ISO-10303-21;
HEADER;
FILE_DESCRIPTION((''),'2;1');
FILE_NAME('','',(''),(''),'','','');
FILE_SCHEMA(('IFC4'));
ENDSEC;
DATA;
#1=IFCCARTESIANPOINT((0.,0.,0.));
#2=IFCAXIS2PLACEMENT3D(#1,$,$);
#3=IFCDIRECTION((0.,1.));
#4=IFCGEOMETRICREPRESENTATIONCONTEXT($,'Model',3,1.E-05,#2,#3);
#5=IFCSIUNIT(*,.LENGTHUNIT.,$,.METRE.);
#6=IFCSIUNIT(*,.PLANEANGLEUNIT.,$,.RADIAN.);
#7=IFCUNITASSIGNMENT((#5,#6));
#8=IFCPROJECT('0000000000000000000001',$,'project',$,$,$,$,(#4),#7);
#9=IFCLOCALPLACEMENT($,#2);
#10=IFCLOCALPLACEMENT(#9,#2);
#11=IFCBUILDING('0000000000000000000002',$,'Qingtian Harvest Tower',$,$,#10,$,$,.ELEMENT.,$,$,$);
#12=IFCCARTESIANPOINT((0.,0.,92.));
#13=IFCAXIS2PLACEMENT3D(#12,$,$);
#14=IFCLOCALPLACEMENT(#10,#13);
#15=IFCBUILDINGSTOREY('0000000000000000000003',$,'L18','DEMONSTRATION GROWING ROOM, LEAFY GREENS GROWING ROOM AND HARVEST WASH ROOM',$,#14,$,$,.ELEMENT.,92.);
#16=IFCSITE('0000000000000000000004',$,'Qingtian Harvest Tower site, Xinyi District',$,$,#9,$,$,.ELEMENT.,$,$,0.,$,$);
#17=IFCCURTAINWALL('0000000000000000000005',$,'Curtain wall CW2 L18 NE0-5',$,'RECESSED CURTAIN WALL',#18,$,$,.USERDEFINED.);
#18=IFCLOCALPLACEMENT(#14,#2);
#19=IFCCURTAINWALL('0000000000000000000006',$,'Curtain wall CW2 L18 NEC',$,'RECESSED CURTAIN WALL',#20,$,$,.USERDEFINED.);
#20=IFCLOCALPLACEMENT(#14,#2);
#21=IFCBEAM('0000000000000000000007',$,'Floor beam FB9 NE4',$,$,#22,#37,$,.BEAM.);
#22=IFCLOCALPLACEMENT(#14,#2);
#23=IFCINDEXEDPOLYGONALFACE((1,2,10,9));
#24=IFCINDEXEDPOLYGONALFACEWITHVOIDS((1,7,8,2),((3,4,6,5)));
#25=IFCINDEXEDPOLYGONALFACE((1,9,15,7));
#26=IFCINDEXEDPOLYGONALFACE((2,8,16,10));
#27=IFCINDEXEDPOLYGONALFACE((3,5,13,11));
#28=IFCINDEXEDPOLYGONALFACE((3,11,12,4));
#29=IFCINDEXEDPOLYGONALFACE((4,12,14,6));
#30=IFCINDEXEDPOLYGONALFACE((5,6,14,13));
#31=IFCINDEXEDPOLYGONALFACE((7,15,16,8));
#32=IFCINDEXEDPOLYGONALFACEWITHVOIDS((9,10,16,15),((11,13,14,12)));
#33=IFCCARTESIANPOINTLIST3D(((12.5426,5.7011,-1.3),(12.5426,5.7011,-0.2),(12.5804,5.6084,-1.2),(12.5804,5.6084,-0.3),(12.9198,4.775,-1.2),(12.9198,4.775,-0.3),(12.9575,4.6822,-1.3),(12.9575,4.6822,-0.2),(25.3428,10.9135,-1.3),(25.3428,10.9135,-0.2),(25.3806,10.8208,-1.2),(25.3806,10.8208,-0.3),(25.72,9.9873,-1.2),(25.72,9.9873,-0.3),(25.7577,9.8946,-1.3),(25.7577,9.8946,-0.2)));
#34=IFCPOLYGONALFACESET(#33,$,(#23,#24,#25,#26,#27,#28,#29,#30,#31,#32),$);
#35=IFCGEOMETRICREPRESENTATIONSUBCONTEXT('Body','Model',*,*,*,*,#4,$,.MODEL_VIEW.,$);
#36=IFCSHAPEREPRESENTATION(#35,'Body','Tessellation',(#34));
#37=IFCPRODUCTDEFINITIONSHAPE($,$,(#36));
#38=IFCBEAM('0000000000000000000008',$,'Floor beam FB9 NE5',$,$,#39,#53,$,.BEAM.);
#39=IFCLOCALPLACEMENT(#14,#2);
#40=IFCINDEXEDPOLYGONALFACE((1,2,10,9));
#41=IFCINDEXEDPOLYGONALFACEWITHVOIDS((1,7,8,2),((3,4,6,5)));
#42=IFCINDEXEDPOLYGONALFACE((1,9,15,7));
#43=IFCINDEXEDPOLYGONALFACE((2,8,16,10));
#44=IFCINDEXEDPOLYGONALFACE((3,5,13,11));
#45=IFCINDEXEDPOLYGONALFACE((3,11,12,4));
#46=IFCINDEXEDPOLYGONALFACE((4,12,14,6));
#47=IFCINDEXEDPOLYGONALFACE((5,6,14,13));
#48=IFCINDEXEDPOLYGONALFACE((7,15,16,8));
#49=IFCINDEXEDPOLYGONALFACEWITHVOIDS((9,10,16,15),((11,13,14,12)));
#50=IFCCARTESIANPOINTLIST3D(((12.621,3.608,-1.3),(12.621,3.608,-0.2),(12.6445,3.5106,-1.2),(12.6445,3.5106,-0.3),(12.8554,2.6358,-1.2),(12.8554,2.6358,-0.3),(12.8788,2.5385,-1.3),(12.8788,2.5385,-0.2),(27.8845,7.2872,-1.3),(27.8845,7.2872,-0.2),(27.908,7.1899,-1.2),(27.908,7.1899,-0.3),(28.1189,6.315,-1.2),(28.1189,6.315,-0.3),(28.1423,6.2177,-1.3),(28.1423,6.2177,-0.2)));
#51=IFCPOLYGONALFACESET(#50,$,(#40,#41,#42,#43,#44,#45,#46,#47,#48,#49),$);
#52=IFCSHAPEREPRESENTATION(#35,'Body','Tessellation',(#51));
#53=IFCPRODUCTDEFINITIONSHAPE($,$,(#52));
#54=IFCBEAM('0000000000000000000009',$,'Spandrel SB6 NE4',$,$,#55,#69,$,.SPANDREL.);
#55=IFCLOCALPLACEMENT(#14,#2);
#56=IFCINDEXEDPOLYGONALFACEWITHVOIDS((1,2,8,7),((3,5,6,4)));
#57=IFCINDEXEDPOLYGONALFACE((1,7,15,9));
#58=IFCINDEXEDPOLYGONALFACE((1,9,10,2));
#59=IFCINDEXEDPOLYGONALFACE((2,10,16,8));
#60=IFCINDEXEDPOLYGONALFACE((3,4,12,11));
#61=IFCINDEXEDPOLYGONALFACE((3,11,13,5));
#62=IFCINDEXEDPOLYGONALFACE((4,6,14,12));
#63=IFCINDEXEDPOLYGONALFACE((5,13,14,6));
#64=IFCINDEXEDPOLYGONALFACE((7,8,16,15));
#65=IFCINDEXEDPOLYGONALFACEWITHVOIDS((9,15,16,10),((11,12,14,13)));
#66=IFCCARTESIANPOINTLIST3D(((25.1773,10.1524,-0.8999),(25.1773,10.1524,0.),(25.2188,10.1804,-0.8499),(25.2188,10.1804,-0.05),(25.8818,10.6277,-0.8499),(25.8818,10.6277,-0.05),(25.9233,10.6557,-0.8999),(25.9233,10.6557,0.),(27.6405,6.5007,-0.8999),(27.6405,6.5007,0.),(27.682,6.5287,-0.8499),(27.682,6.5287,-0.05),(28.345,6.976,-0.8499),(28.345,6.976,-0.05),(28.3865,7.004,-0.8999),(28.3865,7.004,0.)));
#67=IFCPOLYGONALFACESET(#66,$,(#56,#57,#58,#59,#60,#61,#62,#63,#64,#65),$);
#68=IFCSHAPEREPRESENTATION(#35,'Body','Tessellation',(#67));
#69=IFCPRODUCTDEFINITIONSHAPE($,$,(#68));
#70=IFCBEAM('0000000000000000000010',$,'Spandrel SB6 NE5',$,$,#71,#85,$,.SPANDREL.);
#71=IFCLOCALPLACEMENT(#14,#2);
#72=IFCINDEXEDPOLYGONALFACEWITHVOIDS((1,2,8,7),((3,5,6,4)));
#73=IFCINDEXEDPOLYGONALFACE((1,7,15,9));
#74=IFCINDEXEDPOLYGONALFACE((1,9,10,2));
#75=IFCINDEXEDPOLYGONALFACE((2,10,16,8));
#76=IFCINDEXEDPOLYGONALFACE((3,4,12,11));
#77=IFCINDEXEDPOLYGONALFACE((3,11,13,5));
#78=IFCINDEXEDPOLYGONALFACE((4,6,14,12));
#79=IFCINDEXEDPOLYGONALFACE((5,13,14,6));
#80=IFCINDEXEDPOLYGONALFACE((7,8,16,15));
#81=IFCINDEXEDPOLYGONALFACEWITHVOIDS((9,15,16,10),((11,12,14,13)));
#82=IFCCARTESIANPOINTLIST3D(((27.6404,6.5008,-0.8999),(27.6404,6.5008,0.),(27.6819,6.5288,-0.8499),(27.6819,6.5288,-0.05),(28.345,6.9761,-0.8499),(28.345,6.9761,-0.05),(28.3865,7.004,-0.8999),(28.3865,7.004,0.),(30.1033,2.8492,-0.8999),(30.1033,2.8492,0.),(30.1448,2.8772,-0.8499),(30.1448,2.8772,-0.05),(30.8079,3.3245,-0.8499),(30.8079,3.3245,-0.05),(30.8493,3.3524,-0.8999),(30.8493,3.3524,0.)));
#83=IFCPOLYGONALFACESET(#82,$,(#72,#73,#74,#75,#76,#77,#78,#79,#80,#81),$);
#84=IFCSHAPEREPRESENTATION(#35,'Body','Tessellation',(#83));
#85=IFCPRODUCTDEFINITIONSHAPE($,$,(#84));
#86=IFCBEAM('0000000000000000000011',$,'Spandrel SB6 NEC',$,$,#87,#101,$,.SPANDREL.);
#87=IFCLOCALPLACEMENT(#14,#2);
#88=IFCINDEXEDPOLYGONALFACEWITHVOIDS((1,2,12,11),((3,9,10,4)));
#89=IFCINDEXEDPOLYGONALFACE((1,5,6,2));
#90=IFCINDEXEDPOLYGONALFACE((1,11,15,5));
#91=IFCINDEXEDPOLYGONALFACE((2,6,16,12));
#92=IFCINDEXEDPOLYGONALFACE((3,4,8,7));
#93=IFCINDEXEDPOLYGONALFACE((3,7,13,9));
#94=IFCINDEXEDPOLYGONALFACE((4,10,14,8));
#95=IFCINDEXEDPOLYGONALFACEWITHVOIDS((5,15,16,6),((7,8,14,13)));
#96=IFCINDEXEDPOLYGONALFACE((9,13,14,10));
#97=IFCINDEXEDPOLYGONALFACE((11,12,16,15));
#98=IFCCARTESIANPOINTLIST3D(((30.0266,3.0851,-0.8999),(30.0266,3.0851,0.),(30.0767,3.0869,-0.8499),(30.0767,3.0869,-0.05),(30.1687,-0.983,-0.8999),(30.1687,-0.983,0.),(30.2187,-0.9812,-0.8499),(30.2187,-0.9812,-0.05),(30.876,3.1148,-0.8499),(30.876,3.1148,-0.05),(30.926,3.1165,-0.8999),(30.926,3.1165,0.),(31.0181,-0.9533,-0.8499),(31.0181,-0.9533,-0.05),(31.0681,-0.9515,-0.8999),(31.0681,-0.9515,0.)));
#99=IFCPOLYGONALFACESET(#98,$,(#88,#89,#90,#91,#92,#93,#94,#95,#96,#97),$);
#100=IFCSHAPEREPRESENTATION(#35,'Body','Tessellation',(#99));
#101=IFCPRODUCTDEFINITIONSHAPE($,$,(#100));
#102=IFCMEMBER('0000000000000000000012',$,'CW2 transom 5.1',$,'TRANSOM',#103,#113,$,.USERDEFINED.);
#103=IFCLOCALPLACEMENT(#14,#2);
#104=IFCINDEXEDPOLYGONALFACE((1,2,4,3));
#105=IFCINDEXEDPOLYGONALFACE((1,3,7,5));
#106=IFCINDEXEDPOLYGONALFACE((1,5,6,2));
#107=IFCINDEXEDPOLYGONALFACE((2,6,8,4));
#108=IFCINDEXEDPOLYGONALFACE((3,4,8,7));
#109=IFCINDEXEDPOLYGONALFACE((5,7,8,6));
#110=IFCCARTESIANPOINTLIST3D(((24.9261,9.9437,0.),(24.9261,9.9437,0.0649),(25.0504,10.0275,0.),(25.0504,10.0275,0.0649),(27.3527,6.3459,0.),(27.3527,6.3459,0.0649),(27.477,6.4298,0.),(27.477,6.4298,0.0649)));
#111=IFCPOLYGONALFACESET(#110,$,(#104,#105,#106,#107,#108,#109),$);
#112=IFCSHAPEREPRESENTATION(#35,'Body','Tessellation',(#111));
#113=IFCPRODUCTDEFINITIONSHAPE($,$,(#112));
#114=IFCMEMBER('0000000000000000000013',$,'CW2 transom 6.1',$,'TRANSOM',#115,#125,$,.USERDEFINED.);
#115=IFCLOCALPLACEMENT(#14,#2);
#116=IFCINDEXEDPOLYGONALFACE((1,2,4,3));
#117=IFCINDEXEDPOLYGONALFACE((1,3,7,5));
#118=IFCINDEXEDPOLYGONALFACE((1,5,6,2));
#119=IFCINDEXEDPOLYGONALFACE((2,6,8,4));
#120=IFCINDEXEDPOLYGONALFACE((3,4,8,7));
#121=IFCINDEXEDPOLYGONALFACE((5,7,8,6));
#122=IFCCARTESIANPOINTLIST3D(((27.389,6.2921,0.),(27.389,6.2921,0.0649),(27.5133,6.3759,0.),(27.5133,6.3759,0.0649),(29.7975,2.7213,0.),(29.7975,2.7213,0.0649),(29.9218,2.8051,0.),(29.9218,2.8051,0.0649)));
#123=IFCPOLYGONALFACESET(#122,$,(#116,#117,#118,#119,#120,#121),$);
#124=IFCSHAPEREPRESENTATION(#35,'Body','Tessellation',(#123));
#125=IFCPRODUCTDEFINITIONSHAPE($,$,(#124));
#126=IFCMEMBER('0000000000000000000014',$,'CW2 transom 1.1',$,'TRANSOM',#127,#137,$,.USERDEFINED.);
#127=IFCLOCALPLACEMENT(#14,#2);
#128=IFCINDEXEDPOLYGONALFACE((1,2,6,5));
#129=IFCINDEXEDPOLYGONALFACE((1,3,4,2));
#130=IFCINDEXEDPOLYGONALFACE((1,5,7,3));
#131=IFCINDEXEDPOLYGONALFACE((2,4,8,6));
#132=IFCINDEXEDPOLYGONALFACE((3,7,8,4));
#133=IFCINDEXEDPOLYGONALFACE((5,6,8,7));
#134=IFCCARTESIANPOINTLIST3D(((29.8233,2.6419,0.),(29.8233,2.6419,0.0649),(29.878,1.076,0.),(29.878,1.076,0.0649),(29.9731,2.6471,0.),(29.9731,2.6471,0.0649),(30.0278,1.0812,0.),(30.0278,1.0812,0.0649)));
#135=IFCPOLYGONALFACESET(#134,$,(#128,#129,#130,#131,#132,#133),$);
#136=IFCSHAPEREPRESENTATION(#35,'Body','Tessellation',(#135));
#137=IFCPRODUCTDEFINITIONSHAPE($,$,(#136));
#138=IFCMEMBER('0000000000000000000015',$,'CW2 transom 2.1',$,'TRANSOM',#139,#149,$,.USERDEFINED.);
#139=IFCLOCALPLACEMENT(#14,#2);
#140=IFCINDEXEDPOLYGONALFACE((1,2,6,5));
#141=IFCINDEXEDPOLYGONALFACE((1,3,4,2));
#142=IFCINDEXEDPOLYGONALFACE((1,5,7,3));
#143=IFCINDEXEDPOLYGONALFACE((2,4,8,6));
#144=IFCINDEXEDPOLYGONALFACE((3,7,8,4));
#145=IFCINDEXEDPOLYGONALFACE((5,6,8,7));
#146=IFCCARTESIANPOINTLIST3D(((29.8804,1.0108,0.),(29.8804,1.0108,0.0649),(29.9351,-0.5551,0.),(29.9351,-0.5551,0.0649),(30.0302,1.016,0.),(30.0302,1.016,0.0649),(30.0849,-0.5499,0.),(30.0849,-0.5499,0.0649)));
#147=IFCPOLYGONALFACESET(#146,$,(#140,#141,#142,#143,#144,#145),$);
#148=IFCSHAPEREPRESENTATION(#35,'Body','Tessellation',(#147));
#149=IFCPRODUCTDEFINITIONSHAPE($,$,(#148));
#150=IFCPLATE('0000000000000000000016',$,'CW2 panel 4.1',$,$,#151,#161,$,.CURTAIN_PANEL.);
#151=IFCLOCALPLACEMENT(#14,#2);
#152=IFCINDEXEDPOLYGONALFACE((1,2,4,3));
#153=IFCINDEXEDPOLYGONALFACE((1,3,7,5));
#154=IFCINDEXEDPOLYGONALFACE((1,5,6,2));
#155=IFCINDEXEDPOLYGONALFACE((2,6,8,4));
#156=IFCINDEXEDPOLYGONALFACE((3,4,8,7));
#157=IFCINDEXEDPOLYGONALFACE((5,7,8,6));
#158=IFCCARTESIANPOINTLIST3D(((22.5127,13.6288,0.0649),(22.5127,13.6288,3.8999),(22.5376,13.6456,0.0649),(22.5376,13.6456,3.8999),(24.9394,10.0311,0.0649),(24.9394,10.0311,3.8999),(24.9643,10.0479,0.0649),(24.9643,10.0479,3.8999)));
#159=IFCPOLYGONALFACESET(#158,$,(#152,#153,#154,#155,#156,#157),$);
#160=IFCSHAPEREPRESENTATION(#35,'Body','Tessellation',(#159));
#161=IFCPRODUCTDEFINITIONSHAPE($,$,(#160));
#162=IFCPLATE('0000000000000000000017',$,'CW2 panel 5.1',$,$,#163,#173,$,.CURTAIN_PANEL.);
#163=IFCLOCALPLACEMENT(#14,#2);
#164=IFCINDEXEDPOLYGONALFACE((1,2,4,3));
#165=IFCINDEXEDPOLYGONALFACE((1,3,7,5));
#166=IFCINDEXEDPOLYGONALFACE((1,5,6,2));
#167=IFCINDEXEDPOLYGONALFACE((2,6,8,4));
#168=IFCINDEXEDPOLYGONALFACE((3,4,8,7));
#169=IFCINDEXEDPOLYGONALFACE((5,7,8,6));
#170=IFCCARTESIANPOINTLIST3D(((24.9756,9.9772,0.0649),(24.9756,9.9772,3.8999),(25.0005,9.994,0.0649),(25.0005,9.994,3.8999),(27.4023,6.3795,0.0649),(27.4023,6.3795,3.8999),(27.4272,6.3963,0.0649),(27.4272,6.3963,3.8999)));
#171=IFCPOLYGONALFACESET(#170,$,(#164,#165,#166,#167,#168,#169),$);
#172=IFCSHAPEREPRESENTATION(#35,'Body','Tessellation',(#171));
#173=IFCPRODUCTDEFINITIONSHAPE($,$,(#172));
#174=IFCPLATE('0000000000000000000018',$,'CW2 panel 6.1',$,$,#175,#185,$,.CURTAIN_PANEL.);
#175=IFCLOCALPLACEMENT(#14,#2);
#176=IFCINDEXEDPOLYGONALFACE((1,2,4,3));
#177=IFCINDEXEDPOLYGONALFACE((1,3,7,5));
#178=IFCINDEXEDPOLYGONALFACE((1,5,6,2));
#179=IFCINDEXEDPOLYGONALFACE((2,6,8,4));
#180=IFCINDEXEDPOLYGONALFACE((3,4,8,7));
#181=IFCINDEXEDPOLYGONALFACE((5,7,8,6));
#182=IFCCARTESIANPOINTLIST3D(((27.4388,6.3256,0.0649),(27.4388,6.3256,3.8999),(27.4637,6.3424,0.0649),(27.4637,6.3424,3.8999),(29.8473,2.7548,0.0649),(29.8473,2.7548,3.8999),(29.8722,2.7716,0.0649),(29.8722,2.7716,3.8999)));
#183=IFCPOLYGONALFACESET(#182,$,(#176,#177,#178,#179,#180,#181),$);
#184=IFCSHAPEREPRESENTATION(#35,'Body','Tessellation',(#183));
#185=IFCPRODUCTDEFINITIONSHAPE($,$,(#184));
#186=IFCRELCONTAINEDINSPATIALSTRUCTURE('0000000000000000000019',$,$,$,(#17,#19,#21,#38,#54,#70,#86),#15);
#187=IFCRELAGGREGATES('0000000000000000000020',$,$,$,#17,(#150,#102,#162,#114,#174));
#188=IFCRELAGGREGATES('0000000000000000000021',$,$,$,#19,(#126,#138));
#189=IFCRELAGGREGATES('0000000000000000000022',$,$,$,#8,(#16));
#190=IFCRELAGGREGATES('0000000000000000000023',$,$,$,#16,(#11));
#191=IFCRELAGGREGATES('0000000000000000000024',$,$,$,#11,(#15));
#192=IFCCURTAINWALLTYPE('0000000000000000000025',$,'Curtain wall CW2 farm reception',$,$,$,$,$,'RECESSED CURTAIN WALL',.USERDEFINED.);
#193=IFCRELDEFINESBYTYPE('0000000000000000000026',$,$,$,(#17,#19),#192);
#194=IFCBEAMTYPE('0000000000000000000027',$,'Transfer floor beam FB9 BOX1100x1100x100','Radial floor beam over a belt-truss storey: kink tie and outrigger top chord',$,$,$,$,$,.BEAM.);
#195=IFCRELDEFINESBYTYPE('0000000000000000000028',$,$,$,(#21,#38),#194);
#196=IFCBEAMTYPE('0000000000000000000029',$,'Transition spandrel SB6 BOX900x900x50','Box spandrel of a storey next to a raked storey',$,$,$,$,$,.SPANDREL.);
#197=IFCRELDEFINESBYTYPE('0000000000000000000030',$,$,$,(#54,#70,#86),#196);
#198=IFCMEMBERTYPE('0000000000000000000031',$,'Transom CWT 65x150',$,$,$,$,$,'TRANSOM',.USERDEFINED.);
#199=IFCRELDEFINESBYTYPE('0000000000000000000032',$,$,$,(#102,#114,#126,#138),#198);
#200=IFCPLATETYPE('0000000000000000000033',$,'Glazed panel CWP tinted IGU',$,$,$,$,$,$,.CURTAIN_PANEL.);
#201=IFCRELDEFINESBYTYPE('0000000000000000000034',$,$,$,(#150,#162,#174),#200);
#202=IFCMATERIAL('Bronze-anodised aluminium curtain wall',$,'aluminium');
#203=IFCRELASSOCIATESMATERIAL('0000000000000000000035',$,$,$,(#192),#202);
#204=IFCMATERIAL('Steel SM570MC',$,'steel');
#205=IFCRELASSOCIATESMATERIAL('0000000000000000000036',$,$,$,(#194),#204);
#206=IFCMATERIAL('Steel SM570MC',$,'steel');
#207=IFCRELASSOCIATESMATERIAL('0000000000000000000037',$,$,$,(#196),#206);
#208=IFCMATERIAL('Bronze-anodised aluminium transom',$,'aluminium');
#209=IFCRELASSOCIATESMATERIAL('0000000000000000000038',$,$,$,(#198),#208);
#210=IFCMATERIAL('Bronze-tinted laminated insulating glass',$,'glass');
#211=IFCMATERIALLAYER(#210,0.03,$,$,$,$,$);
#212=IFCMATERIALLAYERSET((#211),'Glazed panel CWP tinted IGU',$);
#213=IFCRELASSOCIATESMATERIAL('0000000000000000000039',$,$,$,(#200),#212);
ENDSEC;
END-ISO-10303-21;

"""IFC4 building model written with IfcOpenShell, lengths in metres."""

from ifc_helpers import new_model, si_unit, direction, frame, origin, origin_2d, place, context, subcontext, project, spatial, rectangle, hollow_rectangle, extrude, material, layer, layer_set, material_profile, profile_set, type_object, element, aggregate, save


model = new_model("IFC4")

# Units and contexts
model_context = context("Model", 3, precision=1e-05, world=origin(), true_north=direction((0.0, 1.0)))
body_context = subcontext(model_context, "Body", "Model", "MODEL_VIEW")
ifc_project = project(units=[si_unit("LENGTHUNIT", "METRE"), si_unit("PLANEANGLEUNIT", "RADIAN")], contexts=[model_context])

# Site, building, storey
site_placement = place(None, origin())
site = spatial("IfcSite", under=ifc_project, at=site_placement, Name="Qingtian Harvest Tower site, Xinyi District", CompositionType="ELEMENT", RefElevation=0.0)
building_placement = place(site_placement, origin())
building = spatial("IfcBuilding", under=site, at=building_placement, Name="Qingtian Harvest Tower", CompositionType="ELEMENT")
storey_placement = place(building_placement, frame((0.0, 0.0, 92.0)))
storey = spatial("IfcBuildingStorey", under=building, at=storey_placement, Name="L18", Description="DEMONSTRATION GROWING ROOM, LEAFY GREENS GROWING ROOM AND HARVEST WASH ROOM", CompositionType="ELEMENT", Elevation=92.0)

# Curtain walls
ifc_material_1 = material(Name="Bronze-anodised aluminium curtain wall", Category="aluminium")
curtain_wall_type = type_object("IfcCurtainWallType", Name="Curtain wall CW2 farm reception", ElementType="RECESSED CURTAIN WALL", PredefinedType="USERDEFINED", material=ifc_material_1)
curtain_wall_1_placement = place(storey_placement, origin())
curtain_wall_1 = element("IfcCurtainWall", 1, at=curtain_wall_1_placement, inside=storey, type_object=curtain_wall_type, Name="Curtain wall CW2 L18 NE0-5", ObjectType="RECESSED CURTAIN WALL", PredefinedType="USERDEFINED")
curtain_wall_2_placement = place(storey_placement, origin())
curtain_wall_2 = element("IfcCurtainWall", 2, at=curtain_wall_2_placement, inside=storey, type_object=curtain_wall_type, Name="Curtain wall CW2 L18 NEC", ObjectType="RECESSED CURTAIN WALL", PredefinedType="USERDEFINED")

# Beams
ifc_material_2 = material(Name="Steel SM570MC", Category="steel")
ifc_material_profile_1 = material_profile(ifc_material_2, hollow_rectangle(XDim=1.1001, YDim=1.1001, WallThickness=0.1001, at=origin_2d()), Name="BOX1100x1100x100")
ifc_profile_set_1 = profile_set([ifc_material_profile_1], Name="Steel SM570MC")
beam_type_1 = type_object("IfcBeamType", Name="Transfer floor beam FB9 BOX1100x1100x100", Description="Radial floor beam over a belt-truss storey: kink tie and outrigger top chord", PredefinedType="BEAM", material=ifc_profile_set_1)
beam_1_placement = place(storey_placement, frame((25.5503, 10.4041, -0.75), z_axis=(-0.926156, -0.37714, 0.0), x_axis=(0.37714, -0.926156, 0.0)))
element("IfcBeam", 3, at=beam_1_placement, inside=storey, type_object=beam_type_1, Name="Floor beam FB9 NE4", PredefinedType="BEAM", context=body_context, shape_type="SweptSolid", body=[
    extrude(hollow_rectangle(XDim=1.1001, YDim=1.1001, WallThickness=0.1001, at=origin_2d()), origin(), (0.0, 0.0, 1.0), 13.8208),
])
beam_2_placement = place(storey_placement, frame((28.0134, 6.7524, -0.75), z_axis=(-0.972156, -0.234335, 0.0), x_axis=(0.234335, -0.972156, 0.0)))
element("IfcBeam", 4, at=beam_2_placement, inside=storey, type_object=beam_type_1, Name="Floor beam FB9 NE5", PredefinedType="BEAM", context=body_context, shape_type="SweptSolid", body=[
    extrude(hollow_rectangle(XDim=1.1001, YDim=1.1001, WallThickness=0.1001, at=origin_2d()), origin(), (0.0, 0.0, 1.0), 15.7007),
])
ifc_material_3 = material(Name="Steel SM570MC", Category="steel")
ifc_material_profile_2 = material_profile(ifc_material_3, hollow_rectangle(XDim=0.8999, YDim=0.8999, WallThickness=0.05, at=origin_2d()), Name="BOX900x900x50")
ifc_profile_set_2 = profile_set([ifc_material_profile_2], Name="Steel SM570MC")
beam_type_2 = type_object("IfcBeamType", Name="Transition spandrel SB6 BOX900x900x50", Description="Box spandrel of a storey next to a raked storey", PredefinedType="SPANDREL", material=ifc_profile_set_2)
beam_3_placement = place(storey_placement, frame((25.5503, 10.4041, -0.45), z_axis=(0.559207, -0.829028, 0.0), x_axis=(0.829028, 0.559207, 0.0)))
element("IfcBeam", 5, at=beam_3_placement, inside=storey, type_object=beam_type_2, Name="Spandrel SB6 NE4", PredefinedType="SPANDREL", context=body_context, shape_type="SweptSolid", body=[
    extrude(hollow_rectangle(XDim=0.8999, YDim=0.8999, WallThickness=0.05, at=origin_2d()), origin(), (0.0, 0.0, 1.0), 4.4048),
])
beam_4_placement = place(storey_placement, frame((28.0134, 6.7524, -0.45), z_axis=(0.559169, -0.829054, 0.0), x_axis=(0.829054, 0.559169, 0.0)))
element("IfcBeam", 6, at=beam_4_placement, inside=storey, type_object=beam_type_2, Name="Spandrel SB6 NE5", PredefinedType="SPANDREL", context=body_context, shape_type="SweptSolid", body=[
    extrude(hollow_rectangle(XDim=0.8999, YDim=0.8999, WallThickness=0.05, at=origin_2d()), origin(), (0.0, 0.0, 1.0), 4.4045),
])
beam_5_placement = place(storey_placement, frame((30.4763, 3.1008, -0.45), z_axis=(0.034906, -0.999391, 0.0), x_axis=(0.999391, 0.034906, 0.0)))
element("IfcBeam", 7, at=beam_5_placement, inside=storey, type_object=beam_type_2, Name="Spandrel SB6 NEC", PredefinedType="SPANDREL", context=body_context, shape_type="SweptSolid", body=[
    extrude(hollow_rectangle(XDim=0.8999, YDim=0.8999, WallThickness=0.05, at=origin_2d()), origin(), (0.0, 0.0, 1.0), 4.0706),
])

# Members
ifc_material_4 = material(Name="Bronze-anodised aluminium transom", Category="aluminium")
ifc_material_profile_3 = material_profile(ifc_material_4, rectangle(XDim=0.1499, YDim=0.0649, at=origin_2d()), Name="AL 65x150")
ifc_profile_set_3 = profile_set([ifc_material_profile_3], Name="Bronze-anodised aluminium transom")
member_type_1 = type_object("IfcMemberType", Name="Transom CWT 65x150", ElementType="TRANSOM", PredefinedType="USERDEFINED", material=ifc_profile_set_3)
member_1_placement = place(storey_placement, frame((24.9883, 9.9856, 0.0325), z_axis=(0.559171, -0.829052, 0.0), x_axis=(0.829052, 0.559171, 0.0)))
member_1 = element("IfcMember", 8, at=member_1_placement, type_object=member_type_1, Name="CW2 transom 5.1", ObjectType="TRANSOM", PredefinedType="USERDEFINED", context=body_context, shape_type="SweptSolid", body=[
    extrude(rectangle(XDim=0.1499, YDim=0.0649, at=origin_2d()), origin(), (0.0, 0.0, 1.0), 4.3396),
])
member_2_placement = place(storey_placement, frame((27.4512, 6.334, 0.0325), z_axis=(0.559179, -0.829047, 0.0), x_axis=(0.829047, 0.559179, 0.0)))
member_2 = element("IfcMember", 9, at=member_2_placement, type_object=member_type_1, Name="CW2 transom 6.1", ObjectType="TRANSOM", PredefinedType="USERDEFINED", context=body_context, shape_type="SweptSolid", body=[
    extrude(rectangle(XDim=0.1499, YDim=0.0649, at=origin_2d()), origin(), (0.0, 0.0, 1.0), 4.3071),
])
member_3_placement = place(storey_placement, frame((29.8982, 2.6445, 0.0325), z_axis=(0.034902, -0.999391, 0.0), x_axis=(0.999391, 0.034902, 0.0)))
member_3 = element("IfcMember", 10, at=member_3_placement, type_object=member_type_1, Name="CW2 transom 1.1", ObjectType="TRANSOM", PredefinedType="USERDEFINED", context=body_context, shape_type="SweptSolid", body=[
    extrude(rectangle(XDim=0.1499, YDim=0.0649, at=origin_2d()), origin(), (0.0, 0.0, 1.0), 1.5669),
])
member_4_placement = place(storey_placement, frame((29.9553, 1.0134, 0.0325), z_axis=(0.034902, -0.999391, 0.0), x_axis=(0.999391, 0.034902, 0.0)))
member_4 = element("IfcMember", 11, at=member_4_placement, type_object=member_type_1, Name="CW2 transom 2.1", ObjectType="TRANSOM", PredefinedType="USERDEFINED", context=body_context, shape_type="SweptSolid", body=[
    extrude(rectangle(XDim=0.1499, YDim=0.0649, at=origin_2d()), origin(), (0.0, 0.0, 1.0), 1.5669),
])

# Plates
ifc_material_5 = material(Name="Bronze-tinted laminated insulating glass", Category="glass")
ifc_layer_1 = layer(ifc_material_5, 0.03)
ifc_layer_set_1 = layer_set([ifc_layer_1], Name="Glazed panel CWP tinted IGU")
plate_type = type_object("IfcPlateType", Name="Glazed panel CWP tinted IGU", PredefinedType="CURTAIN_PANEL", material=ifc_layer_set_1)
plate_1_placement = place(storey_placement, frame((23.7385, 11.8384, 0.0649), z_axis=(0.0, 0.0, 1.0), x_axis=(0.559193, -0.829038, 0.0)))
plate_1 = element("IfcPlate", 12, at=plate_1_placement, type_object=plate_type, Name="CW2 panel 4.1", PredefinedType="CURTAIN_PANEL", context=body_context, shape_type="SweptSolid", body=[
    extrude(rectangle(XDim=4.3396, YDim=0.03, at=origin_2d()), origin(), (0.0, 0.0, 1.0), 3.835),
])
plate_2_placement = place(storey_placement, frame((26.2014, 8.1868, 0.0649), z_axis=(0.0, 0.0, 1.0), x_axis=(0.559193, -0.829038, 0.0)))
plate_2 = element("IfcPlate", 13, at=plate_2_placement, type_object=plate_type, Name="CW2 panel 5.1", PredefinedType="CURTAIN_PANEL", context=body_context, shape_type="SweptSolid", body=[
    extrude(rectangle(XDim=4.3396, YDim=0.03, at=origin_2d()), origin(), (0.0, 0.0, 1.0), 3.835),
])
plate_3_placement = place(storey_placement, frame((28.6555, 4.5486, 0.0649), z_axis=(0.0, 0.0, 1.0), x_axis=(0.559193, -0.829038, 0.0)))
plate_3 = element("IfcPlate", 14, at=plate_3_placement, type_object=plate_type, Name="CW2 panel 6.1", PredefinedType="CURTAIN_PANEL", context=body_context, shape_type="SweptSolid", body=[
    extrude(rectangle(XDim=4.3071, YDim=0.03, at=origin_2d()), origin(), (0.0, 0.0, 1.0), 3.835),
])
aggregate(curtain_wall_1, [plate_1, member_1, plate_2, member_2, plate_3])
aggregate(curtain_wall_2, [member_3, member_4])

save(model, "model.ifc")
